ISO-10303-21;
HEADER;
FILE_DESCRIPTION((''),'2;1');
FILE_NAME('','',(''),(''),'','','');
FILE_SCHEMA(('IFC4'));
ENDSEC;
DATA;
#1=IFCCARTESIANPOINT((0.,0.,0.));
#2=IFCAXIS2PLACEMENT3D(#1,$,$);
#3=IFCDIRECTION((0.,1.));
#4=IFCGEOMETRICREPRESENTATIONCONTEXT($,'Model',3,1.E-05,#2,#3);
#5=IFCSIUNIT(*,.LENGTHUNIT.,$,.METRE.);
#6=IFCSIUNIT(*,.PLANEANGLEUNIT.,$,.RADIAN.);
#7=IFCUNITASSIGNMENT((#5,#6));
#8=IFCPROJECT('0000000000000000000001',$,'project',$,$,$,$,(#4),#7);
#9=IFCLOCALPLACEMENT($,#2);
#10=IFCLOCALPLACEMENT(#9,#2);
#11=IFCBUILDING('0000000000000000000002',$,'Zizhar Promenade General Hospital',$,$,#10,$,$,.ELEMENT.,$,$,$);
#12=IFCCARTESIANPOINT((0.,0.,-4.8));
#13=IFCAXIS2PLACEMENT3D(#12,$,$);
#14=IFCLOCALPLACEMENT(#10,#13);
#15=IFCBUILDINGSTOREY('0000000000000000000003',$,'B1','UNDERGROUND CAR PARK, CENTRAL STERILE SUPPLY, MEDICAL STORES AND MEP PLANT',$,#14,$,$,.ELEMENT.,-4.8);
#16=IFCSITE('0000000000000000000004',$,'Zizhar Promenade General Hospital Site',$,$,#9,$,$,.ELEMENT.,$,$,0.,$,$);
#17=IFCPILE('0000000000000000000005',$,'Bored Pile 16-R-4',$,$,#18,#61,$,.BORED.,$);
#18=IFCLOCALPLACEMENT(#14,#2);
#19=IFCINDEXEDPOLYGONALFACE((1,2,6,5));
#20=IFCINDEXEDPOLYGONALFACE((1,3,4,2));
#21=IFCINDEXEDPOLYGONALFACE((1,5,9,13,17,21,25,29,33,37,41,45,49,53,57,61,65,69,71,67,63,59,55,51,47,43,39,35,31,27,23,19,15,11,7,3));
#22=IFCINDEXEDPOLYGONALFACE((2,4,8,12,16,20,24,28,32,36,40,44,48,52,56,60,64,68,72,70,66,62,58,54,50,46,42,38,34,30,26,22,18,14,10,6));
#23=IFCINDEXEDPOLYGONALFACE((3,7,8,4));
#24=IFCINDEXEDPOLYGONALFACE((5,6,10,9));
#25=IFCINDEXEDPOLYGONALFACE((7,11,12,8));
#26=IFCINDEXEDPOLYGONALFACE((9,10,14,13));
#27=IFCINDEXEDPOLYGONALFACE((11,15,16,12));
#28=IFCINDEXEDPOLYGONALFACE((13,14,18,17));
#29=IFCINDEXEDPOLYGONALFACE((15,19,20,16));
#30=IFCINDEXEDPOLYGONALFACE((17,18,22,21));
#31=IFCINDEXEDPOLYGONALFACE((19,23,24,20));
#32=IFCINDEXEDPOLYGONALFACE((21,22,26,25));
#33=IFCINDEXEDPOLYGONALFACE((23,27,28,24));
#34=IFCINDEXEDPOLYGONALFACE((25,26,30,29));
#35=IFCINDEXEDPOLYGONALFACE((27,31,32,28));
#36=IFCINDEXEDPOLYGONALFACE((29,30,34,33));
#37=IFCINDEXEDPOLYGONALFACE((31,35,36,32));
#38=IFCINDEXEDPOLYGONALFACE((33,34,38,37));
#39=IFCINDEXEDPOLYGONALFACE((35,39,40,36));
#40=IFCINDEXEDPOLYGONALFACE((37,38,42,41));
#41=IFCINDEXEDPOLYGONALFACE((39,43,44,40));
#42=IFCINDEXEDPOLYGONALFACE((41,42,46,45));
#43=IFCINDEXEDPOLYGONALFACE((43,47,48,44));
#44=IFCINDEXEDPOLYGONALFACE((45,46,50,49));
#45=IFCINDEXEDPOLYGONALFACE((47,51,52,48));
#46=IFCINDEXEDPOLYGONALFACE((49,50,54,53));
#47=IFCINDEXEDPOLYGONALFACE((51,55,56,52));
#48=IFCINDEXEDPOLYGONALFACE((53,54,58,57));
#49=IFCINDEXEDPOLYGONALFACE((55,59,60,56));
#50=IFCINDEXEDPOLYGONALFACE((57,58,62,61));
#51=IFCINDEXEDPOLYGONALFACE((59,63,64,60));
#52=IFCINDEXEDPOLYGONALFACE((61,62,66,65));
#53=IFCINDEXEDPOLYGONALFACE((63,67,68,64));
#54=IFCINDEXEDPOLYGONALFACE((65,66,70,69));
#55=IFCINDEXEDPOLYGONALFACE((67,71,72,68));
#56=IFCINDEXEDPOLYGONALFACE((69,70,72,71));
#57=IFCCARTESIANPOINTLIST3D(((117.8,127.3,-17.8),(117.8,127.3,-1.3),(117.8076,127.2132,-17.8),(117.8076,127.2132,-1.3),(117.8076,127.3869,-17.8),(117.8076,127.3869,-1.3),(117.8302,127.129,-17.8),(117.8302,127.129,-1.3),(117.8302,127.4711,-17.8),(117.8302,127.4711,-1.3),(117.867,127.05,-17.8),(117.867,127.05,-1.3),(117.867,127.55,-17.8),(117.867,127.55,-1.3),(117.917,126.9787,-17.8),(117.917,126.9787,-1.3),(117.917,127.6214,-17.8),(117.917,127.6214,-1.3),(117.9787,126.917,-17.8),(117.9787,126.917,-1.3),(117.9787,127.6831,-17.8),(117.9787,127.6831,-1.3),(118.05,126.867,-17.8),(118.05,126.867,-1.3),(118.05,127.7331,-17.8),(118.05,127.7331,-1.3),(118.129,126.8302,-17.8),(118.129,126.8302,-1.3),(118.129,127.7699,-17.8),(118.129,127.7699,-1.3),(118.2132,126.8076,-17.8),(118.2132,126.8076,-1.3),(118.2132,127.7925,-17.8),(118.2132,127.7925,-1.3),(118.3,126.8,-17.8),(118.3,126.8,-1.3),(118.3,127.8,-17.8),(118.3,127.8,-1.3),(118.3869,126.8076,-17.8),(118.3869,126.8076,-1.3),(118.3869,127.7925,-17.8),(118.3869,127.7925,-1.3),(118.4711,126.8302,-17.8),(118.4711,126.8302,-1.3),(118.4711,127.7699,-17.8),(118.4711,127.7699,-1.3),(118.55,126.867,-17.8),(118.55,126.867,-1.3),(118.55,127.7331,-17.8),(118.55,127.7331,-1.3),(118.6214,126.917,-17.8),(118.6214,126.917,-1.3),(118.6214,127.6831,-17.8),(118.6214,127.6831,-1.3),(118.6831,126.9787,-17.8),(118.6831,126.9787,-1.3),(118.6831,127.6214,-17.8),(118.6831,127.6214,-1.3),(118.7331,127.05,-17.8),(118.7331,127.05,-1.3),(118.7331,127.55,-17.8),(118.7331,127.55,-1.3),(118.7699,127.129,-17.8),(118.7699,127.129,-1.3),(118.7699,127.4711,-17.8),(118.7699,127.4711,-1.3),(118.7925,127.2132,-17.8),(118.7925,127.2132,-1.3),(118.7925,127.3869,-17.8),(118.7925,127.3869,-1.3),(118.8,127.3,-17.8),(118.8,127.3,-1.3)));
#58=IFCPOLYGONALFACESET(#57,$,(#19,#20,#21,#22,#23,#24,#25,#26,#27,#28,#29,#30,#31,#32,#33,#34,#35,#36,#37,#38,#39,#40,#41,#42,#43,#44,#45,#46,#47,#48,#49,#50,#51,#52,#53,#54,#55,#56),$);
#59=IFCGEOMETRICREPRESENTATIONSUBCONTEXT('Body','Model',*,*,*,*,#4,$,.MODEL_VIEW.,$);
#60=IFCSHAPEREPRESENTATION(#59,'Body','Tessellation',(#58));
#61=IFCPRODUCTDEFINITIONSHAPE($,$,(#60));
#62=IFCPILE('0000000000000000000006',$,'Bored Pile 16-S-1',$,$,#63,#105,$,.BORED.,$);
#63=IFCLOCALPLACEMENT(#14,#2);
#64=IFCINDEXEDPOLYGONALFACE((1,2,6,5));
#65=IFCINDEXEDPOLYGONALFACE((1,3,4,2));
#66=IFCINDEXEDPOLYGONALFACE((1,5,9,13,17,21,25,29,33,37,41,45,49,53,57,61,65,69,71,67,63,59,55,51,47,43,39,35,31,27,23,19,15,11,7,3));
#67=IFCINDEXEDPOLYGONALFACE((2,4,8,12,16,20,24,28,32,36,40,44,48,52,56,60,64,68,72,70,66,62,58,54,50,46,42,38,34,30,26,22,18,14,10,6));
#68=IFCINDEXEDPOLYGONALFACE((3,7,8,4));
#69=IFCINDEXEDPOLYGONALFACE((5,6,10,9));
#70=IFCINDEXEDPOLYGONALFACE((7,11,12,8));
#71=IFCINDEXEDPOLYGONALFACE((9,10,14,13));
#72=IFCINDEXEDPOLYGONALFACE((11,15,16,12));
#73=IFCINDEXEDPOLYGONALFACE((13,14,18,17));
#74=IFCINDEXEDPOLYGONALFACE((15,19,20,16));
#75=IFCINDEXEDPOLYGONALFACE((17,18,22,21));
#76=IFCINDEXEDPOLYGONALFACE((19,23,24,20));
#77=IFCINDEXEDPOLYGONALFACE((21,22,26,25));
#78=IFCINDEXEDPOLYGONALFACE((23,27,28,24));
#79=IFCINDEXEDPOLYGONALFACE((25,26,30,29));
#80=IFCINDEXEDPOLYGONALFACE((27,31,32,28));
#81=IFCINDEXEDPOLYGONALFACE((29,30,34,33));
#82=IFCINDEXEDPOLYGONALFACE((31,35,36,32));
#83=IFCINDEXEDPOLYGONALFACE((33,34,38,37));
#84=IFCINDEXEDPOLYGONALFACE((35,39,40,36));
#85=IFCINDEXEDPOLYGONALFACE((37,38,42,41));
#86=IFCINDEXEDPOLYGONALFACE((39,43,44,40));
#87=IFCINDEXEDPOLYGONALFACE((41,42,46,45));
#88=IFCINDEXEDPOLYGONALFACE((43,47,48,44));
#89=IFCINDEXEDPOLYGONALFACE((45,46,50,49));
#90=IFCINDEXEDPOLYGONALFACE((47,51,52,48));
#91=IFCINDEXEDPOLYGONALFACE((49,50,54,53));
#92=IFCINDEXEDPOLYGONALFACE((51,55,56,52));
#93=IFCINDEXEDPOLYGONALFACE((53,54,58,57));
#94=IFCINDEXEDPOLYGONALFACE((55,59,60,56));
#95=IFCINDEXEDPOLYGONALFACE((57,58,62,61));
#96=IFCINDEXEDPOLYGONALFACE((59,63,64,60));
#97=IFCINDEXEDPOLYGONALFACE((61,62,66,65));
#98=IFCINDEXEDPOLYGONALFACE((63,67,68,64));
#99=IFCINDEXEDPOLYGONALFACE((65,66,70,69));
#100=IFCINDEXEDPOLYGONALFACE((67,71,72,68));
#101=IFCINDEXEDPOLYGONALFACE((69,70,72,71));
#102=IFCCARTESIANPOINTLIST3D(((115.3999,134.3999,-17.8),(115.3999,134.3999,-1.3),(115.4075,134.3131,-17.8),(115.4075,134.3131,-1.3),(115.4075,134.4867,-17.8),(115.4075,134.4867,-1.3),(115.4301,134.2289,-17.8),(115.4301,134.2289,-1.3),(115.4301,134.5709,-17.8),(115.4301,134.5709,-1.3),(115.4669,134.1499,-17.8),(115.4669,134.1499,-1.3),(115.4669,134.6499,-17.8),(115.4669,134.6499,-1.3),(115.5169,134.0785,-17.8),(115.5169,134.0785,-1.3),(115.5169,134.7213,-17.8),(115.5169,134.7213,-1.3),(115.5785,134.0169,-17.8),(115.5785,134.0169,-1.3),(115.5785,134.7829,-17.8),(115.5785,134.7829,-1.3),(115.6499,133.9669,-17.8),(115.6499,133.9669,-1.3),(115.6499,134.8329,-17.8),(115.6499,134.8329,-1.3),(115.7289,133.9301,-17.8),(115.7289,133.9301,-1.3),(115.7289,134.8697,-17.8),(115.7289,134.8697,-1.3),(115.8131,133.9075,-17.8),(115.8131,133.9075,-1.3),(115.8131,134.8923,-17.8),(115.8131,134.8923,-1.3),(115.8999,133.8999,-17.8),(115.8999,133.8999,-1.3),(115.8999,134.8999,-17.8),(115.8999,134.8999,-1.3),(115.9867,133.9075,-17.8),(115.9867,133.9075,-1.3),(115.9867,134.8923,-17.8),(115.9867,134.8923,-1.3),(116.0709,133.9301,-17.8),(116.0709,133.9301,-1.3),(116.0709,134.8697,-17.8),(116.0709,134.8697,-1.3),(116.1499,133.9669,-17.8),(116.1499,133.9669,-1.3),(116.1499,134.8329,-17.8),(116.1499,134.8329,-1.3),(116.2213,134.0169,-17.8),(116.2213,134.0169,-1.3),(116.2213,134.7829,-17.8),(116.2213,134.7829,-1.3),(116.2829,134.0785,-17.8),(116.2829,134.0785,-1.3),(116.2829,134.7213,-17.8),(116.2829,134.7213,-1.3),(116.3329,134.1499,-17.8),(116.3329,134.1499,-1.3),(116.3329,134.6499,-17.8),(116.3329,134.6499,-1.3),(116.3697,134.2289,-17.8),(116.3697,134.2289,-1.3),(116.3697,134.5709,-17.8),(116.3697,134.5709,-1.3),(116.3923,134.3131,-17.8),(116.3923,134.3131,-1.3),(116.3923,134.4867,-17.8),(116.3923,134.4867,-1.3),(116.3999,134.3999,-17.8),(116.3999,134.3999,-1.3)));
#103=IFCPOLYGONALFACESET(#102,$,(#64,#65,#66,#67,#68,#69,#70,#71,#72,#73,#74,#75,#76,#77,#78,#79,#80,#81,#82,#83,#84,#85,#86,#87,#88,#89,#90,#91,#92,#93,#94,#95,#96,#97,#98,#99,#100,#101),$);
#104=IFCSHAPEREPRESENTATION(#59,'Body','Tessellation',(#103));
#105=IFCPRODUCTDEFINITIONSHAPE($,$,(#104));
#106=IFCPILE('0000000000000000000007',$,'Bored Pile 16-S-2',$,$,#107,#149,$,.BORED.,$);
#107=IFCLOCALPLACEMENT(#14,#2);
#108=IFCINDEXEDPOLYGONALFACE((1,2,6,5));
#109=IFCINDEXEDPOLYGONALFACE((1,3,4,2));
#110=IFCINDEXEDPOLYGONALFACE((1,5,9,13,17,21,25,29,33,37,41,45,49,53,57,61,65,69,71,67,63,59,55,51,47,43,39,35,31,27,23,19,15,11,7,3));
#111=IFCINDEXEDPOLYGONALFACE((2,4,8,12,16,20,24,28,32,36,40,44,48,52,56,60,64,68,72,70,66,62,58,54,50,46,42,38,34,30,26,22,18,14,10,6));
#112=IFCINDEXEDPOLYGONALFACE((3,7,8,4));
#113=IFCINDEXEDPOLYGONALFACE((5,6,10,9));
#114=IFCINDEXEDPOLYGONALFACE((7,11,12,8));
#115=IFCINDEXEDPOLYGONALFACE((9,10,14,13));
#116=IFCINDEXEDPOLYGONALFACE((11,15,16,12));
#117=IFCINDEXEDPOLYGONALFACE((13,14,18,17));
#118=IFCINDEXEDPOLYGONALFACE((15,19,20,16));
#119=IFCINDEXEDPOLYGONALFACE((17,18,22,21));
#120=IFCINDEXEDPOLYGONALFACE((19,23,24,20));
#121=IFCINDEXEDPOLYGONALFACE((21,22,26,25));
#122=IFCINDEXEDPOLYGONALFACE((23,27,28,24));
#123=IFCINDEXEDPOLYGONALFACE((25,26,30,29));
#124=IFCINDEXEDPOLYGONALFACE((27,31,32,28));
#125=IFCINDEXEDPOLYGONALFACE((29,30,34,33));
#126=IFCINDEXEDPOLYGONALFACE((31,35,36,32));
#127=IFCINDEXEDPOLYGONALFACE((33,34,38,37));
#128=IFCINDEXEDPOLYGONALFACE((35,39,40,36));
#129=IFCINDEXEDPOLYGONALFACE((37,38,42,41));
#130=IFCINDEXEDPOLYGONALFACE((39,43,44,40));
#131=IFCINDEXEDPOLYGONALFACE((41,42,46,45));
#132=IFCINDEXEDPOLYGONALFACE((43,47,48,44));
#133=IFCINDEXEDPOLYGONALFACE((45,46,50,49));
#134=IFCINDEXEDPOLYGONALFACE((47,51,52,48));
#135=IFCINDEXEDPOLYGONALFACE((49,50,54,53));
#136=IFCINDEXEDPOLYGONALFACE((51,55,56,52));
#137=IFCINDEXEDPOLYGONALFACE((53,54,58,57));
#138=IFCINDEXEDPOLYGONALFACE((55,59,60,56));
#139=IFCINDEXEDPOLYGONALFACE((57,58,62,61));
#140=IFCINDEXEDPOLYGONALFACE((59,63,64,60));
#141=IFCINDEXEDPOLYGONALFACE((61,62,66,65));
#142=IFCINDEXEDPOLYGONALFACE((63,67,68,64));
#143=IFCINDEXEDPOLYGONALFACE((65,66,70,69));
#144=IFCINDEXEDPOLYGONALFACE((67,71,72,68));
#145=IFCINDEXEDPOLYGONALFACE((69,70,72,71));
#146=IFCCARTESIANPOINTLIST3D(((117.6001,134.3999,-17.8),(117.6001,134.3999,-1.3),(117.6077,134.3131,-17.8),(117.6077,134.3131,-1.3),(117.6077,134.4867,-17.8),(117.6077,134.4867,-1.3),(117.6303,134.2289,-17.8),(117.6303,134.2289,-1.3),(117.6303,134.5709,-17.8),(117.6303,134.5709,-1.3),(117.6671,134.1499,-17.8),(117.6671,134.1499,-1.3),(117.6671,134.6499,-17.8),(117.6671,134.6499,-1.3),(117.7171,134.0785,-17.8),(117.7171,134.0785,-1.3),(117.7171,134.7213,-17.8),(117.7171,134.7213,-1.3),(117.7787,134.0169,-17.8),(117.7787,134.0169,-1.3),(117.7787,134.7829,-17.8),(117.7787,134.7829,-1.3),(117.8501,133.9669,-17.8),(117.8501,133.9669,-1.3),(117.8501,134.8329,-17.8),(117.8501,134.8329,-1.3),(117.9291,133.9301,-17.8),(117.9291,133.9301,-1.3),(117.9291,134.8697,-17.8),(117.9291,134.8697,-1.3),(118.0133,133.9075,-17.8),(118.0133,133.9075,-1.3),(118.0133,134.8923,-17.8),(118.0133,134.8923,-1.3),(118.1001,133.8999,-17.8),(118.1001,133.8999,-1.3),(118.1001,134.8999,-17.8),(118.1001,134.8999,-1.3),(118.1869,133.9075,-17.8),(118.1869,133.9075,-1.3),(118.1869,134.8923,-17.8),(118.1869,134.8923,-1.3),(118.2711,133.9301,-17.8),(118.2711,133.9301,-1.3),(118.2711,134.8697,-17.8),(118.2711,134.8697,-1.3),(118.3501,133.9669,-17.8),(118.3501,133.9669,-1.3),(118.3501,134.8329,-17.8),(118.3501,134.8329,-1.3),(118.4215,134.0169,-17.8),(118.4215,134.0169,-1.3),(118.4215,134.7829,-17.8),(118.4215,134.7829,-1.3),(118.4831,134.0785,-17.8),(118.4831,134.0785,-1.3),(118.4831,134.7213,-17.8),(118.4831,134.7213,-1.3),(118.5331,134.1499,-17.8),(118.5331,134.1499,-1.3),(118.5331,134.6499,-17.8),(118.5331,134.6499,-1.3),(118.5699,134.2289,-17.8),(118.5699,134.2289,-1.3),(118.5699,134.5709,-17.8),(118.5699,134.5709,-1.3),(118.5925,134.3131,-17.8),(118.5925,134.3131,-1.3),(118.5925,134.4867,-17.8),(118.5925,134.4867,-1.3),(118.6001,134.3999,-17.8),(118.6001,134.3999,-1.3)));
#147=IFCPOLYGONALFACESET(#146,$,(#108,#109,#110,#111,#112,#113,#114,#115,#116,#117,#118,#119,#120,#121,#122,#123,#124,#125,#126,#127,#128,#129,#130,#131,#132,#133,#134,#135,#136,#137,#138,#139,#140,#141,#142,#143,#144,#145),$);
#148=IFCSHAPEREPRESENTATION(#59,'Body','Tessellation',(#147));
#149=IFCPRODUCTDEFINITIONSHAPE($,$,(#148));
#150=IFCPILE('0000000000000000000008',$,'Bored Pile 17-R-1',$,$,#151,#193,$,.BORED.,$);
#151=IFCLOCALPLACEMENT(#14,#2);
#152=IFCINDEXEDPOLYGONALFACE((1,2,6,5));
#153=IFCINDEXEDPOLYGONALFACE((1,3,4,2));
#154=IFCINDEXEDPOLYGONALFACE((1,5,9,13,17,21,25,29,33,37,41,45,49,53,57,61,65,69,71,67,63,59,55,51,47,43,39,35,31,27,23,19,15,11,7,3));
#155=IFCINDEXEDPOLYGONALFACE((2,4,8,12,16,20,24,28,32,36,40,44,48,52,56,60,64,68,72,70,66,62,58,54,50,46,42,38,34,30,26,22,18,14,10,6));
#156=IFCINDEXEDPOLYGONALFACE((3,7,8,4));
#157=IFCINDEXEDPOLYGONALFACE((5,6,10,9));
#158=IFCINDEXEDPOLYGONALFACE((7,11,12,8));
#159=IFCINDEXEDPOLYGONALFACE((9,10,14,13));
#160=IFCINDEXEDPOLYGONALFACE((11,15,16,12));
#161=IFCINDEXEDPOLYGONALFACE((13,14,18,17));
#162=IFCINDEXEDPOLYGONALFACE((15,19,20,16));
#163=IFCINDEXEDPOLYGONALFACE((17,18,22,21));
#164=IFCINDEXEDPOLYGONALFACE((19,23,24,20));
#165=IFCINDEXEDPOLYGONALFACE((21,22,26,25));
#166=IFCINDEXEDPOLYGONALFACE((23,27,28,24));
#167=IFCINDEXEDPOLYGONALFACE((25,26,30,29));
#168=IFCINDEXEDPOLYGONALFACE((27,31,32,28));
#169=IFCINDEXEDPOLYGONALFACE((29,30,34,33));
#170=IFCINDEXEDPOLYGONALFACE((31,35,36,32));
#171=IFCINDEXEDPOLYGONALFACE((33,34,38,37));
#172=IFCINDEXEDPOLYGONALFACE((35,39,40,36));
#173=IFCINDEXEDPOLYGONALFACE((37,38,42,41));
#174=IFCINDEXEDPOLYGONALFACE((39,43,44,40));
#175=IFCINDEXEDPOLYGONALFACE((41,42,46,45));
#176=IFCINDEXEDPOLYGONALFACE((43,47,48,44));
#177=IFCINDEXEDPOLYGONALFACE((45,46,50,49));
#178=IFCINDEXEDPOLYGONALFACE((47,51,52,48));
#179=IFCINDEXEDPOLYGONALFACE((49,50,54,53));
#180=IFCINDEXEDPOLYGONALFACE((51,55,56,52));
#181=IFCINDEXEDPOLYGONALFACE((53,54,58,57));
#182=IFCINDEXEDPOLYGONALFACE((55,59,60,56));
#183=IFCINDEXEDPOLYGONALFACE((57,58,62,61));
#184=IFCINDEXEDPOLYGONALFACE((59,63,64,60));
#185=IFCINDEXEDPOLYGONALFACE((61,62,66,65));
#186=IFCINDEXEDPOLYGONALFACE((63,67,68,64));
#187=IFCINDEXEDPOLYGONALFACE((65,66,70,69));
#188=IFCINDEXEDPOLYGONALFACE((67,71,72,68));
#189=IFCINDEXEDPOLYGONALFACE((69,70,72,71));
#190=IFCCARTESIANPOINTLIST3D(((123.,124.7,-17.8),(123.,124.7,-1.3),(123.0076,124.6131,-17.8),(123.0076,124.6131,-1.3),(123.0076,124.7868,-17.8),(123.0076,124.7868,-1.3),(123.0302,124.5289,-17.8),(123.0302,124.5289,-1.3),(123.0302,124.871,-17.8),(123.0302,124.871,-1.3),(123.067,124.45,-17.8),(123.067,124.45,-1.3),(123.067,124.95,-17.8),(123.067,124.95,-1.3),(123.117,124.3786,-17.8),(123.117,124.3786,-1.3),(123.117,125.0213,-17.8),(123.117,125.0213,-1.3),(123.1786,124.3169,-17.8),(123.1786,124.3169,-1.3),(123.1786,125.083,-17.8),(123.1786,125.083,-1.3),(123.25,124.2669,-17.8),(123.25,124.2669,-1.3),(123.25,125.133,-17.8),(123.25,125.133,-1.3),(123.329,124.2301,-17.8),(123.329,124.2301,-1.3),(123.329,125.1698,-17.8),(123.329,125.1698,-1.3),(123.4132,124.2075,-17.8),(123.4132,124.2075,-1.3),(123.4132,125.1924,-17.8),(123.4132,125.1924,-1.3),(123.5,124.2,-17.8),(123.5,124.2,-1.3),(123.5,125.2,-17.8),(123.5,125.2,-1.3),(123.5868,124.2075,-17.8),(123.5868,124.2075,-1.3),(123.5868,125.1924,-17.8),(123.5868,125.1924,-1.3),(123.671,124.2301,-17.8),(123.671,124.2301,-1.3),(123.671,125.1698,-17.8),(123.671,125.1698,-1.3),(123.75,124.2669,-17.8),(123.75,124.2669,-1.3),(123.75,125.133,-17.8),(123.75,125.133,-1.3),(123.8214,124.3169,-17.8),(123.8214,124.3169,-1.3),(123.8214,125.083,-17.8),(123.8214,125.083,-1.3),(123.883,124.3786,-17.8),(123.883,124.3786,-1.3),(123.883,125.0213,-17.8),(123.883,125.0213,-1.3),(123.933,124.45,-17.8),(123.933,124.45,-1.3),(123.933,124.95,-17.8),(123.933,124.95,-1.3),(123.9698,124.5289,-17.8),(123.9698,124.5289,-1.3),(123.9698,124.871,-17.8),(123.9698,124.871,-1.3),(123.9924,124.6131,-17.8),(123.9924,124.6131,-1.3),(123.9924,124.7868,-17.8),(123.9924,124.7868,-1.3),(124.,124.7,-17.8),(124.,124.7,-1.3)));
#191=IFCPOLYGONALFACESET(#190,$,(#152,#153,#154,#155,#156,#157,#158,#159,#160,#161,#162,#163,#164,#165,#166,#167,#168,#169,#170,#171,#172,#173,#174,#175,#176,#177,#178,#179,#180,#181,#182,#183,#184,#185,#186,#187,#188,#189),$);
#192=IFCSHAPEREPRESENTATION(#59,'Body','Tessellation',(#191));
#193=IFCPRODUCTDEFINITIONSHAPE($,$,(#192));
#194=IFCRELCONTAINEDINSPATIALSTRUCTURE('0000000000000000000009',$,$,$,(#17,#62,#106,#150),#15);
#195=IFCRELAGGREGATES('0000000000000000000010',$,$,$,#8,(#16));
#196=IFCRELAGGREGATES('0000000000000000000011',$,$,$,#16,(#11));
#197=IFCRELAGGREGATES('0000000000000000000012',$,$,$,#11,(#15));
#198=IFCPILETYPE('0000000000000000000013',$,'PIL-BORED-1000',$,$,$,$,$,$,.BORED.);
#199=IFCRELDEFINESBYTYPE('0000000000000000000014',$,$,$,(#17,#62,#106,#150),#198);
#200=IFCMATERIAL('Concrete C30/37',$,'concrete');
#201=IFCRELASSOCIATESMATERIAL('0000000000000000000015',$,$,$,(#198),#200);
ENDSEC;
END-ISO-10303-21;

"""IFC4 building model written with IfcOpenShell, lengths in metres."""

from ifc_helpers import new_model, si_unit, direction, frame, origin, origin_2d, place, context, subcontext, project, spatial, circle, extrude, material, material_profile, profile_set, type_object, element, save


model = new_model("IFC4")

# Units and contexts
model_context = context("Model", 3, precision=1e-05, world=origin(), true_north=direction((0.0, 1.0)))
body_context = subcontext(model_context, "Body", "Model", "MODEL_VIEW")
ifc_project = project(units=[si_unit("LENGTHUNIT", "METRE"), si_unit("PLANEANGLEUNIT", "RADIAN")], contexts=[model_context])

# Site, building, storey
site_placement = place(None, origin())
site = spatial("IfcSite", under=ifc_project, at=site_placement, Name="Zizhar Promenade General Hospital Site", CompositionType="ELEMENT", RefElevation=0.0)
building_placement = place(site_placement, origin())
building = spatial("IfcBuilding", under=site, at=building_placement, Name="Zizhar Promenade General Hospital", CompositionType="ELEMENT")
storey_placement = place(building_placement, frame((0.0, 0.0, -4.8)))
storey = spatial("IfcBuildingStorey", under=building, at=storey_placement, Name="B1", Description="UNDERGROUND CAR PARK, CENTRAL STERILE SUPPLY, MEDICAL STORES AND MEP PLANT", CompositionType="ELEMENT", Elevation=-4.8)

# Piles
ifc_material_1 = material(Name="Concrete C30/37", Category="concrete")
ifc_material_profile_1 = material_profile(ifc_material_1, circle(Radius=0.5, at=origin_2d()))
ifc_profile_set_1 = profile_set([ifc_material_profile_1], Name="Concrete C30/37")
pile_type = type_object("IfcPileType", Name="PIL-BORED-1000", PredefinedType="BORED", material=ifc_profile_set_1)
for number, where, z_axis, x_axis, name in (
    (1, (118.3, 127.3, -1.3), (0.0, 0.0, -1.0), (1.0, 0.0, 0.0), "Bored Pile 16-R-4"),
    (2, (115.8999, 134.3999, -1.3), (0.0, 0.0, -1.0), (1.0, 0.0, 0.0), "Bored Pile 16-S-1"),
    (3, (118.1001, 134.3999, -1.3), (0.0, 0.0, -1.0), (1.0, 0.0, 0.0), "Bored Pile 16-S-2"),
    (4, (123.5, 124.7, -1.3), (0.0, 0.0, -1.0), (1.0, 0.0, 0.0), "Bored Pile 17-R-1"),
):
    element("IfcPile", number, at=place(storey_placement, frame(where, z_axis=z_axis, x_axis=x_axis)), inside=storey, type_object=pile_type, Name=name, PredefinedType="BORED", context=body_context, shape_type="SweptSolid", body=[
        extrude(circle(Radius=0.5, at=origin_2d()), origin(), (0.0, 0.0, 1.0), 16.5),
    ])

save(model, "model.ifc")
